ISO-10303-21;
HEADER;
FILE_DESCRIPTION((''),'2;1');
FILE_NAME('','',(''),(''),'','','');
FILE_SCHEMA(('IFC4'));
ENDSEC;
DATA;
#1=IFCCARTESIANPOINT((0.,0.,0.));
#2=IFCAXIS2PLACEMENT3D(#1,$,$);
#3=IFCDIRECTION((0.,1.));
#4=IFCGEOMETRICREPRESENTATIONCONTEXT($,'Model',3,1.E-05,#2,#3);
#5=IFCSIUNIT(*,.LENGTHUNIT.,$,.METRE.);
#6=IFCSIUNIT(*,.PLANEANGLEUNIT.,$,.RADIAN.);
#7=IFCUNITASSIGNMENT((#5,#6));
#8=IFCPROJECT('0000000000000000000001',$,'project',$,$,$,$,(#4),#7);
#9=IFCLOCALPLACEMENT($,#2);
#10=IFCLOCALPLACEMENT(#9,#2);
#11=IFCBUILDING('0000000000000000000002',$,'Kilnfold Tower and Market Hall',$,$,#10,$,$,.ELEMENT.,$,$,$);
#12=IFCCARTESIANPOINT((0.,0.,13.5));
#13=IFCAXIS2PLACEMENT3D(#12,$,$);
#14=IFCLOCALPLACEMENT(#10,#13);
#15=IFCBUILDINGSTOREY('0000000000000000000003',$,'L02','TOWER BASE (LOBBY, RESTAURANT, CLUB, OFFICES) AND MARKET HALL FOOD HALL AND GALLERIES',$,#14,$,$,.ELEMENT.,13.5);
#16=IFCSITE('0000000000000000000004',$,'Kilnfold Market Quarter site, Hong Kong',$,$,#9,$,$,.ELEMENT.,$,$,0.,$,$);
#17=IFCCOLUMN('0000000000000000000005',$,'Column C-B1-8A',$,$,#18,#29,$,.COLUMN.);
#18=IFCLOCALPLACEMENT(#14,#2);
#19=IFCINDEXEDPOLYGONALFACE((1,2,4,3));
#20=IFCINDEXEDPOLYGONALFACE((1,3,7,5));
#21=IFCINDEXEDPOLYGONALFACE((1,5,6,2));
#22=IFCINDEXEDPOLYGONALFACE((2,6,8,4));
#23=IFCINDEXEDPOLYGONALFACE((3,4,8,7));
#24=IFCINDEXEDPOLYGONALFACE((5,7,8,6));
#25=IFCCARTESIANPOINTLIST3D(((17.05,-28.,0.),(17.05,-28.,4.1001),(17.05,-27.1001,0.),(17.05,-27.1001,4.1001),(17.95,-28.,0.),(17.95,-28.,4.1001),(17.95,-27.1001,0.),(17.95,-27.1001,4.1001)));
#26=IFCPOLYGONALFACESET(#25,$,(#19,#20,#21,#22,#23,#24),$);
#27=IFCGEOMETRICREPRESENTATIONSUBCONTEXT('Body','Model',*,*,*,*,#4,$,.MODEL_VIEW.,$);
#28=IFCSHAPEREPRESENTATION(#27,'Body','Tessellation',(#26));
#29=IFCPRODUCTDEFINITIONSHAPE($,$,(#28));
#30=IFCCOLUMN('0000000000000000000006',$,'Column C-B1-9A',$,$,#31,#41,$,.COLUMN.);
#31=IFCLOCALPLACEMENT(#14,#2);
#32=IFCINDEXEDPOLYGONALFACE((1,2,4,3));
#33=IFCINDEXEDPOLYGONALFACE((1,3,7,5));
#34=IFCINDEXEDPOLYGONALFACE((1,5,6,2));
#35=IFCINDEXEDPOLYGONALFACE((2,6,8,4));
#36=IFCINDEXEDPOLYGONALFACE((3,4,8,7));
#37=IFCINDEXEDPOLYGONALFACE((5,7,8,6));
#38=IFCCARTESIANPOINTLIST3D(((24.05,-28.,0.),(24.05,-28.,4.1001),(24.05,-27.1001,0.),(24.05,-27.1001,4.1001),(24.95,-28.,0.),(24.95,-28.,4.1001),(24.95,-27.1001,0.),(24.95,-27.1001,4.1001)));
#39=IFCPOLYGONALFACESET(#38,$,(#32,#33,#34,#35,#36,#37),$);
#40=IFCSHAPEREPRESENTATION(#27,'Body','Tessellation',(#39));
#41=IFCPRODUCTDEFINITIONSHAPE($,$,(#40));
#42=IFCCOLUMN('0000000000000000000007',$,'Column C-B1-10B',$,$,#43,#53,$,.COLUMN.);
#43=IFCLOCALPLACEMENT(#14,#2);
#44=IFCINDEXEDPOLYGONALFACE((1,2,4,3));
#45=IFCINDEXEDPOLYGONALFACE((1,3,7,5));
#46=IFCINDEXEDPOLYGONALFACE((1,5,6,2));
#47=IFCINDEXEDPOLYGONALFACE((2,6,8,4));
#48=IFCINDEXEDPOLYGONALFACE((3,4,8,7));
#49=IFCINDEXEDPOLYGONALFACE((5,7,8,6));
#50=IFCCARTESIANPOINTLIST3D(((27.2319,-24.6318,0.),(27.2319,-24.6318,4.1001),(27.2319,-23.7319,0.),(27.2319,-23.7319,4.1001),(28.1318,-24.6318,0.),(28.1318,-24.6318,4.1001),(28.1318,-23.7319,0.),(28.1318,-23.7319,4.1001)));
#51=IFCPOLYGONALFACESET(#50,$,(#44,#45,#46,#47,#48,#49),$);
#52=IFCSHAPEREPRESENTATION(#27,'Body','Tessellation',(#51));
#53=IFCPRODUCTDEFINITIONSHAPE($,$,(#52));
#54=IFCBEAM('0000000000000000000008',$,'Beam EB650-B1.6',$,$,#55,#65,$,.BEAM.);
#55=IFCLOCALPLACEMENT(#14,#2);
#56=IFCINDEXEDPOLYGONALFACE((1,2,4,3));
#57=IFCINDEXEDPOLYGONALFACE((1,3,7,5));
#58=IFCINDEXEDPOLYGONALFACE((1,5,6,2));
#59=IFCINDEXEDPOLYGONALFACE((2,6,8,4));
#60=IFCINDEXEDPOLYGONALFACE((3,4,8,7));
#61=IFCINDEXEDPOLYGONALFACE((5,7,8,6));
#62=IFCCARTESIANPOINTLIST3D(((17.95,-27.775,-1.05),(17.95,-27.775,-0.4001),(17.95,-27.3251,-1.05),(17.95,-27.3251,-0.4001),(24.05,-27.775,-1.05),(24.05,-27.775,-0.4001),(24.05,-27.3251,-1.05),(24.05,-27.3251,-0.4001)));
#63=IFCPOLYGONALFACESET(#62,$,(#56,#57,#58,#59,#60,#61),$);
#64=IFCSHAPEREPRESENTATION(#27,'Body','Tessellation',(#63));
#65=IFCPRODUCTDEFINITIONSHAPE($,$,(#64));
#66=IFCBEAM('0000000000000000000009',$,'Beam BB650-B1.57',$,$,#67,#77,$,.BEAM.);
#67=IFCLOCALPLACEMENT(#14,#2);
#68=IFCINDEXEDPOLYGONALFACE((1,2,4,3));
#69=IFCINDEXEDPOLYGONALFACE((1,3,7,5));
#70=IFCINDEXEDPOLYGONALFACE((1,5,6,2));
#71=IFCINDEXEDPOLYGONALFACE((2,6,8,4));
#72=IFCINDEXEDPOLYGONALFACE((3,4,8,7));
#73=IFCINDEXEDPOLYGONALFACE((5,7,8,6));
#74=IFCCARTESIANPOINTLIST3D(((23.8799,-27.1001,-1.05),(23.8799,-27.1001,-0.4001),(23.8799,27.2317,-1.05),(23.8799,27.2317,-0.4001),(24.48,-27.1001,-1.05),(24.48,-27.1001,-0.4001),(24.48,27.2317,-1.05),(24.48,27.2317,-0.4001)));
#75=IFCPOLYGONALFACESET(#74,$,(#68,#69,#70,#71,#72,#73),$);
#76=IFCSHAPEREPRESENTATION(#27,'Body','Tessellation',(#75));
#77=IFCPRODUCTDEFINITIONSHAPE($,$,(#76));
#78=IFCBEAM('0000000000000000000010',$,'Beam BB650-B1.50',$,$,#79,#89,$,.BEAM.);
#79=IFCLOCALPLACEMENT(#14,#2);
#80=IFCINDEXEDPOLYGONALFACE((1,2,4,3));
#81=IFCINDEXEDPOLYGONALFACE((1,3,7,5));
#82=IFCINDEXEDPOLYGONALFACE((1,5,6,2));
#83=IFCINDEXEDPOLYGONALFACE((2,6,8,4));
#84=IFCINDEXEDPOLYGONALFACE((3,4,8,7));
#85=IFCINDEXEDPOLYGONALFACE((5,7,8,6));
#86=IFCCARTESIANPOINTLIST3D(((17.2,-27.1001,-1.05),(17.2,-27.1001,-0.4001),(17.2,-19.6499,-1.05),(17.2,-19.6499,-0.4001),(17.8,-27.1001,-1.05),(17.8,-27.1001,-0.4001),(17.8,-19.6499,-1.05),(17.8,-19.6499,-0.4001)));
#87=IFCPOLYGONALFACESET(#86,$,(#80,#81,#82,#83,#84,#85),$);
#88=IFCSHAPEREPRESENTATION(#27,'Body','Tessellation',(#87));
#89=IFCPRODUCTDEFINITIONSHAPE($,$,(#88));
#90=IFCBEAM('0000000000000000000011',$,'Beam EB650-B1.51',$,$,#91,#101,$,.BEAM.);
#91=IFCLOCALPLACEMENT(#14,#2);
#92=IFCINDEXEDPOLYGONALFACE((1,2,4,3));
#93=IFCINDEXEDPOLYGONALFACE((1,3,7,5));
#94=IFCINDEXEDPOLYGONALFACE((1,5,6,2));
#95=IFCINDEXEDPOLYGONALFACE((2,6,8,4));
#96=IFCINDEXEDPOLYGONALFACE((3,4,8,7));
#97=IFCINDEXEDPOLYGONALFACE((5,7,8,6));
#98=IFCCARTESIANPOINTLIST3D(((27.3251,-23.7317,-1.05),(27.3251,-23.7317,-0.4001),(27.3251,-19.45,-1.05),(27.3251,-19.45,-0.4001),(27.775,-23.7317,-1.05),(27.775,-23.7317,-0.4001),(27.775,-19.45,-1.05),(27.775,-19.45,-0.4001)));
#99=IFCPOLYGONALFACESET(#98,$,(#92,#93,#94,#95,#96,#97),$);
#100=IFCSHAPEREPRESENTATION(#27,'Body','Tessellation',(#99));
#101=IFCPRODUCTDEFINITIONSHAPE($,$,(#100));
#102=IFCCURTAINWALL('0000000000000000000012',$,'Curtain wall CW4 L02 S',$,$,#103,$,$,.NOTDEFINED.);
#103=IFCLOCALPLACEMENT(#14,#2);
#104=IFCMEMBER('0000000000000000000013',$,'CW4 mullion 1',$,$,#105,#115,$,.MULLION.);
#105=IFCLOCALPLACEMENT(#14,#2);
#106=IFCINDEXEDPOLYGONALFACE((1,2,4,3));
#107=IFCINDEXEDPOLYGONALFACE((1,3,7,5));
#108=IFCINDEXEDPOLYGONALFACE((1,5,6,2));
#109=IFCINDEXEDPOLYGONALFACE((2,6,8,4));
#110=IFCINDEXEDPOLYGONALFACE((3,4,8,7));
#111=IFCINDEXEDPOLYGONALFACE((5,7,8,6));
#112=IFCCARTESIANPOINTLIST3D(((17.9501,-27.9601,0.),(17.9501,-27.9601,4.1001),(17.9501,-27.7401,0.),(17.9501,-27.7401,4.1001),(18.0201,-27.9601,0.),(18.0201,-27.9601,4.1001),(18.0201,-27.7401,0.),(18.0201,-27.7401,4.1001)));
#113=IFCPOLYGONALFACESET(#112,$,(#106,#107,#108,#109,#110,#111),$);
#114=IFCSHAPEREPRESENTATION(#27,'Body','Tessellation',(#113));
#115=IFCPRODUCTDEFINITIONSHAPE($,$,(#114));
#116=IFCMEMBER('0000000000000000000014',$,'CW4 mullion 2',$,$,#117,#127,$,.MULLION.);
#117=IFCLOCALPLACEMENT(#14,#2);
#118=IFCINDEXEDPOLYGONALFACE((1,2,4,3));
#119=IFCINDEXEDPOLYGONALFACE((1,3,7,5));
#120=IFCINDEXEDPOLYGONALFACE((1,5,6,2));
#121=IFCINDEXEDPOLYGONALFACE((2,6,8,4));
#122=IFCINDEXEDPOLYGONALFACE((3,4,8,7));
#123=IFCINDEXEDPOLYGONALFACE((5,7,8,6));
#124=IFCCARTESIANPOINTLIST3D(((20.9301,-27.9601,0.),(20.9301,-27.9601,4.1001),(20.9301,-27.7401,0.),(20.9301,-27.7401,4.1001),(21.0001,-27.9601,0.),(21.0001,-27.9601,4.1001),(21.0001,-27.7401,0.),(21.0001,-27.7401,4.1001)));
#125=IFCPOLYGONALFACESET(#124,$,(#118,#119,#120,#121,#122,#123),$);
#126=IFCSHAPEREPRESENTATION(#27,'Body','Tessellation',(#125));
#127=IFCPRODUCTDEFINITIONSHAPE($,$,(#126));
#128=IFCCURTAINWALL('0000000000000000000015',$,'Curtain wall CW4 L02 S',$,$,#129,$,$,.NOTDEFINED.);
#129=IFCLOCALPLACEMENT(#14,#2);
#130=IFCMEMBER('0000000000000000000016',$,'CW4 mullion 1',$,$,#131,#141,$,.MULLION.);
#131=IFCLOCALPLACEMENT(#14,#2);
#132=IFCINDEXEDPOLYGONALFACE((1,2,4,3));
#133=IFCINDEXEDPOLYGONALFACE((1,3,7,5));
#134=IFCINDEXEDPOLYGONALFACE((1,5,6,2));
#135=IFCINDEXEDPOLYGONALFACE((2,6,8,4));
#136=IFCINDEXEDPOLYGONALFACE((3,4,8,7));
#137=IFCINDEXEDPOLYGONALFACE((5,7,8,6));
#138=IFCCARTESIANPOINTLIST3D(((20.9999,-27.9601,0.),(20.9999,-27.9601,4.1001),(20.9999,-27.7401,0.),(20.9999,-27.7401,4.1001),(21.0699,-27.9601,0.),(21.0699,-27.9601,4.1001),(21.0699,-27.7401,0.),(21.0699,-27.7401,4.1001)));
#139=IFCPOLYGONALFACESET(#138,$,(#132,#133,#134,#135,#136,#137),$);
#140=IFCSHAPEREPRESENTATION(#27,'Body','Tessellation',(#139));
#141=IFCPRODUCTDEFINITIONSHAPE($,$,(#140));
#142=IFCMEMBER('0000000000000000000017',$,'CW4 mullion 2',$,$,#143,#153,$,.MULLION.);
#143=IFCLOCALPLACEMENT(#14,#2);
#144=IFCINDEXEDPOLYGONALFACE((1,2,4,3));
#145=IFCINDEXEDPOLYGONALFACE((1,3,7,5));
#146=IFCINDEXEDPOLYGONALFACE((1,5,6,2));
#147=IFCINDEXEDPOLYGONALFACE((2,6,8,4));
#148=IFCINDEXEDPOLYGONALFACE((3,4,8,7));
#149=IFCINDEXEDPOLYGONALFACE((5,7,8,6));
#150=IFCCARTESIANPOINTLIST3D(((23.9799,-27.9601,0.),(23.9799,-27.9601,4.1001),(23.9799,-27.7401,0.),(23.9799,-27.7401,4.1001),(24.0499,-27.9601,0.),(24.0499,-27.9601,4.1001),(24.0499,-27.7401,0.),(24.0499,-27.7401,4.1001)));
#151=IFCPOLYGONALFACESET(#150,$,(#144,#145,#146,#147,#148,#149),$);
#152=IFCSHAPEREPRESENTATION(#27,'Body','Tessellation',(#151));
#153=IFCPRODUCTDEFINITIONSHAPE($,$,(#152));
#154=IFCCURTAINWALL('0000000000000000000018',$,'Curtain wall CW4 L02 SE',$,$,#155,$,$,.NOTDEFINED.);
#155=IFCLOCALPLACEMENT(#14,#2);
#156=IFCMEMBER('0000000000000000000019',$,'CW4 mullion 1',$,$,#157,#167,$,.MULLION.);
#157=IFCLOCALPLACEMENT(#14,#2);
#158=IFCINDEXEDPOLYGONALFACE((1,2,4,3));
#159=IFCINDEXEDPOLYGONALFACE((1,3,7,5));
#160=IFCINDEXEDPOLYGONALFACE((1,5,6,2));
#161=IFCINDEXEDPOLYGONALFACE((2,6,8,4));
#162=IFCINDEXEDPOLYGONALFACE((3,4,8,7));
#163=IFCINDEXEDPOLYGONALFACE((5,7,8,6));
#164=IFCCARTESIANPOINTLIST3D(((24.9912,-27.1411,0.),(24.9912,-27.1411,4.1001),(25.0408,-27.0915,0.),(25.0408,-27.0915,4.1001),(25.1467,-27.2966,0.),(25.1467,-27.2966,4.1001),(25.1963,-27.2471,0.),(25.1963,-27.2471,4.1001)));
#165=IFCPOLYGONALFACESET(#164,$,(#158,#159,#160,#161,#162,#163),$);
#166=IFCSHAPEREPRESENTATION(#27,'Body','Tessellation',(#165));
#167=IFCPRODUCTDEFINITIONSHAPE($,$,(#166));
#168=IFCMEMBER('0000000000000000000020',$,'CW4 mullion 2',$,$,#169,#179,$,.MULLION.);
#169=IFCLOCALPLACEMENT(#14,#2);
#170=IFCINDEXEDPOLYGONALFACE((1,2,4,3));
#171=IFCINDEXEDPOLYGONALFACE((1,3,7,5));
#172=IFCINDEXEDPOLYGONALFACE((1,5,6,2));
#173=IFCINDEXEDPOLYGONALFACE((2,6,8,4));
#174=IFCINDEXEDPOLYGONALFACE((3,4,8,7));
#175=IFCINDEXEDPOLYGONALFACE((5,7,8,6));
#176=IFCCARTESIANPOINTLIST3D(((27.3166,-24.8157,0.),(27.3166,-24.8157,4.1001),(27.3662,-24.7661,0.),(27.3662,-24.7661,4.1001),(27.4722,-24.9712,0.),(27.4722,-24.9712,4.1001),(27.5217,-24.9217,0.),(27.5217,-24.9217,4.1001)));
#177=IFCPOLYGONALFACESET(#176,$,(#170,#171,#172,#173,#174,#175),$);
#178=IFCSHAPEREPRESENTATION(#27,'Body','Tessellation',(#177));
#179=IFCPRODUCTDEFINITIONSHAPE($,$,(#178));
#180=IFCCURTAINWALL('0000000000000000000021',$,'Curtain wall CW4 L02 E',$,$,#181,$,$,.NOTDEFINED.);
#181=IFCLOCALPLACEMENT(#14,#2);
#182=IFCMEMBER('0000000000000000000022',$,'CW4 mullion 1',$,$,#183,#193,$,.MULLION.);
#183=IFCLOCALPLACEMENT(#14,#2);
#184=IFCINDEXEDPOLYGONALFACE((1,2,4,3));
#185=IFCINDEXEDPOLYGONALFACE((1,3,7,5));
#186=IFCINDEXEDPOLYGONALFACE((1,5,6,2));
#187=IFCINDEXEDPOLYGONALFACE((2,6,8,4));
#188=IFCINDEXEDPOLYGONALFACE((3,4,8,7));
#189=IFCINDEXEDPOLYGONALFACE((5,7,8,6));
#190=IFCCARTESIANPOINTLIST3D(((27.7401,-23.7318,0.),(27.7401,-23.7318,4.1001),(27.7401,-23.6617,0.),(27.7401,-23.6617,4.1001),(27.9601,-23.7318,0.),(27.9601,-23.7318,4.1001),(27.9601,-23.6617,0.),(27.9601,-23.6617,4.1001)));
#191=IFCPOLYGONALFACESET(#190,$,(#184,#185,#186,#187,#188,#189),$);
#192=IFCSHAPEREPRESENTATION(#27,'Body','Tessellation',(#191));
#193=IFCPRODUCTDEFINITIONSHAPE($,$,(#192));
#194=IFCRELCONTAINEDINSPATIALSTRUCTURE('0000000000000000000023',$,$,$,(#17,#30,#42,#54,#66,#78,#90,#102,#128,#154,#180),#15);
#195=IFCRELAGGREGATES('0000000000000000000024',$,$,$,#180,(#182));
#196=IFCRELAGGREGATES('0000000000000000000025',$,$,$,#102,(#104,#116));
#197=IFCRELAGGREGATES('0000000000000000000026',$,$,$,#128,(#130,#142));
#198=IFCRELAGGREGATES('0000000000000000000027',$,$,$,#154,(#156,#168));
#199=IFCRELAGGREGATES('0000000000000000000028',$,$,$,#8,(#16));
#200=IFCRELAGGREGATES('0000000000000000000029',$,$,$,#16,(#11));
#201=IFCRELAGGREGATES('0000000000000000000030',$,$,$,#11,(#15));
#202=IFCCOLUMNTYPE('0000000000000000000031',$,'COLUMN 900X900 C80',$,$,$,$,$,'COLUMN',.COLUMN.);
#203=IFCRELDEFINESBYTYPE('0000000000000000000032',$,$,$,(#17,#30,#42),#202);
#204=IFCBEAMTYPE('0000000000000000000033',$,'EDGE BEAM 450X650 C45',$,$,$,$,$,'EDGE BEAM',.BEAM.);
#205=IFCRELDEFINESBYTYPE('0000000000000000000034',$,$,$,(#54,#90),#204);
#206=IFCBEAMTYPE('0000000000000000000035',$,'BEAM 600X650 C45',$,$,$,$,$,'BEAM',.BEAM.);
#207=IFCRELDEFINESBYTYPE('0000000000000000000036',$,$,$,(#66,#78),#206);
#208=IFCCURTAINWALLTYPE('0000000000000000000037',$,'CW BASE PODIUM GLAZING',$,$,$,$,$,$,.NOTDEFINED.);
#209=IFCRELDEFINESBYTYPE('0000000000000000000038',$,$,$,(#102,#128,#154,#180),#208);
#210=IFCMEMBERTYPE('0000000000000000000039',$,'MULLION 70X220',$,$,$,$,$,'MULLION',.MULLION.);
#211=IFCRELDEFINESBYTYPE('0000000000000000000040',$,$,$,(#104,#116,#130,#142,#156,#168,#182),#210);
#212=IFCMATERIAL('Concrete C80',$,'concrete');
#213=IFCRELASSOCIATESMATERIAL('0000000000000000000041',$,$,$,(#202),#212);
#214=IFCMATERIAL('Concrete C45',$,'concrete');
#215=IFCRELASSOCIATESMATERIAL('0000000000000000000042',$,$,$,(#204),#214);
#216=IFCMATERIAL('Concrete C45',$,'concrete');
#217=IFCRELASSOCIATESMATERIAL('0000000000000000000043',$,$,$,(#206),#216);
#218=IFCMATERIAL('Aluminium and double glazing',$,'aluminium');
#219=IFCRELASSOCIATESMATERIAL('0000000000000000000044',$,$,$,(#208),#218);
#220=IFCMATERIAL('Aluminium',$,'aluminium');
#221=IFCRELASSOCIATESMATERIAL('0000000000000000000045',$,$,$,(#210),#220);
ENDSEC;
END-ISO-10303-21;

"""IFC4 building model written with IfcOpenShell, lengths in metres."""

from ifc_helpers import new_model, si_unit, direction, frame, origin, origin_2d, place, context, subcontext, project, spatial, rectangle, extrude, source, transform, mapped, material, material_profile, profile_set, type_object, element, aggregate, save


model = new_model("IFC4")

# Units and contexts
model_context = context("Model", 3, precision=1e-05, world=origin(), true_north=direction((0.0, 1.0)))
body_context = subcontext(model_context, "Body", "Model", "MODEL_VIEW")
ifc_project = project(units=[si_unit("LENGTHUNIT", "METRE"), si_unit("PLANEANGLEUNIT", "RADIAN")], contexts=[model_context])

# Site, building, storey
site_placement = place(None, origin())
site = spatial("IfcSite", under=ifc_project, at=site_placement, Name="Kilnfold Market Quarter site, Hong Kong", CompositionType="ELEMENT", RefElevation=0.0)
building_placement = place(site_placement, origin())
building = spatial("IfcBuilding", under=site, at=building_placement, Name="Kilnfold Tower and Market Hall", CompositionType="ELEMENT")
storey_placement = place(building_placement, frame((0.0, 0.0, 13.5)))
storey = spatial("IfcBuildingStorey", under=building, at=storey_placement, Name="L02", Description="TOWER BASE (LOBBY, RESTAURANT, CLUB, OFFICES) AND MARKET HALL FOOD HALL AND GALLERIES", CompositionType="ELEMENT", Elevation=13.5)

# Columns
ifc_material_1 = material(Name="Concrete C80", Category="concrete")
ifc_material_profile_1 = material_profile(ifc_material_1, rectangle(XDim=0.8999, YDim=0.8999, at=origin_2d()), Name="RC 900x900")
ifc_profile_set_1 = profile_set([ifc_material_profile_1], Name="Concrete C80")
column_type = type_object("IfcColumnType", Name="COLUMN 900X900 C80", ElementType="COLUMN", PredefinedType="COLUMN", material=ifc_profile_set_1)
shared_shape_1 = source(origin(), body_context, "Body", "SweptSolid", [
    extrude(rectangle(XDim=0.8999, YDim=0.8999, at=origin_2d()), origin(), (0.0, 0.0, 1.0), 4.1001),
])
for number, where, z_axis, x_axis, name in (
    (1, (17.5, -27.55, 0.0), (0.0, 0.0, 1.0), (1.0, 0.0, 0.0), "Column C-B1-8A"),
    (2, (24.5, -27.55, 0.0), (0.0, 0.0, 1.0), (1.0, 0.0, 0.0), "Column C-B1-9A"),
    (3, (27.6819, -24.1819, 0.0), (0.0, 0.0, 1.0), (1.0, 0.0, 0.0), "Column C-B1-10B"),
):
    element("IfcColumn", number, at=place(storey_placement, frame(where, z_axis=z_axis, x_axis=x_axis)), inside=storey, type_object=column_type, Name=name, PredefinedType="COLUMN", context=body_context, shape_type="MappedRepresentation", body=[
        mapped(shared_shape_1, transform((0.0, 0.0, 0.0))),
    ])

# Beams
ifc_material_2 = material(Name="Concrete C45", Category="concrete")
ifc_material_profile_2 = material_profile(ifc_material_2, rectangle(XDim=0.45, YDim=0.6499, at=origin_2d()), Name="RC 450x650")
ifc_profile_set_2 = profile_set([ifc_material_profile_2], Name="Concrete C45")
beam_type_1 = type_object("IfcBeamType", Name="EDGE BEAM 450X650 C45", ElementType="EDGE BEAM", PredefinedType="BEAM", material=ifc_profile_set_2)
shared_shape_2 = source(origin(), body_context, "Body", "SweptSolid", [
    extrude(rectangle(XDim=0.45, YDim=0.6499, at=origin_2d()), origin(), (0.0, 0.0, 1.0), 6.1001),
])
beam_1_placement = place(storey_placement, frame((17.95, -27.55, -0.7251), z_axis=(1.0, 0.0, 0.0), x_axis=(0.0, 1.0, 0.0)))
element("IfcBeam", 4, at=beam_1_placement, inside=storey, type_object=beam_type_1, Name="Beam EB650-B1.6", PredefinedType="BEAM", context=body_context, shape_type="MappedRepresentation", body=[
    mapped(shared_shape_2, transform((0.0, 0.0, 0.0))),
])
ifc_material_3 = material(Name="Concrete C45", Category="concrete")
ifc_material_profile_3 = material_profile(ifc_material_3, rectangle(XDim=0.6001, YDim=0.6499, at=origin_2d()), Name="RC 600x650")
ifc_profile_set_3 = profile_set([ifc_material_profile_3], Name="Concrete C45")
beam_type_2 = type_object("IfcBeamType", Name="BEAM 600X650 C45", ElementType="BEAM", PredefinedType="BEAM", material=ifc_profile_set_3)
shared_shape_3 = source(origin(), body_context, "Body", "SweptSolid", [
    extrude(rectangle(XDim=0.6001, YDim=0.6499, at=origin_2d()), origin(), (0.0, 0.0, 1.0), 54.3318),
])
beam_2_placement = place(storey_placement, frame((24.1799, -27.1001, -0.7251), z_axis=(0.0, 1.0, 0.0), x_axis=(-1.0, 0.0, 0.0)))
element("IfcBeam", 5, at=beam_2_placement, inside=storey, type_object=beam_type_2, Name="Beam BB650-B1.57", PredefinedType="BEAM", context=body_context, shape_type="MappedRepresentation", body=[
    mapped(shared_shape_3, transform((0.0, 0.0, 0.0))),
])
shared_shape_4 = source(origin(), body_context, "Body", "SweptSolid", [
    extrude(rectangle(XDim=0.6001, YDim=0.6499, at=origin_2d()), origin(), (0.0, 0.0, 1.0), 7.4502),
])
beam_3_placement = place(storey_placement, frame((17.5, -27.1001, -0.7251), z_axis=(0.0, 1.0, 0.0), x_axis=(-1.0, 0.0, 0.0)))
element("IfcBeam", 6, at=beam_3_placement, inside=storey, type_object=beam_type_2, Name="Beam BB650-B1.50", PredefinedType="BEAM", context=body_context, shape_type="MappedRepresentation", body=[
    mapped(shared_shape_4, transform((0.0, 0.0, 0.0))),
])
shared_shape_5 = source(origin(), body_context, "Body", "SweptSolid", [
    extrude(rectangle(XDim=0.45, YDim=0.6499, at=origin_2d()), origin(), (0.0, 0.0, 1.0), 4.2817),
])
beam_4_placement = place(storey_placement, frame((27.55, -23.7317, -0.7251), z_axis=(0.0, 1.0, 0.0), x_axis=(-1.0, 0.0, 0.0)))
element("IfcBeam", 7, at=beam_4_placement, inside=storey, type_object=beam_type_1, Name="Beam EB650-B1.51", PredefinedType="BEAM", context=body_context, shape_type="MappedRepresentation", body=[
    mapped(shared_shape_5, transform((0.0, 0.0, 0.0))),
])

# Curtain walls, members
ifc_material_4 = material(Name="Aluminium and double glazing", Category="aluminium")
curtain_wall_type = type_object("IfcCurtainWallType", Name="CW BASE PODIUM GLAZING", PredefinedType="NOTDEFINED", material=ifc_material_4)
curtain_wall_1_placement = place(storey_placement, origin())
curtain_wall_1 = element("IfcCurtainWall", 8, at=curtain_wall_1_placement, inside=storey, type_object=curtain_wall_type, Name="Curtain wall CW4 L02 S", PredefinedType="NOTDEFINED")
ifc_material_5 = material(Name="Aluminium", Category="aluminium")
ifc_material_profile_4 = material_profile(ifc_material_5, rectangle(XDim=0.0701, YDim=0.22, at=origin_2d()), Name="MULLION 70x220")
ifc_profile_set_4 = profile_set([ifc_material_profile_4], Name="Aluminium")
member_type_1 = type_object("IfcMemberType", Name="MULLION 70X220", ElementType="MULLION", PredefinedType="MULLION", material=ifc_profile_set_4)
shared_shape_6 = source(origin(), body_context, "Body", "SweptSolid", [
    extrude(rectangle(XDim=0.0701, YDim=0.22, at=origin_2d()), origin(), (0.0, 0.0, 1.0), 4.1001),
])
member_1_placement = place(storey_placement, frame((17.9851, -27.8501, 0.0), z_axis=(0.0, 0.0, 1.0), x_axis=(1.0, 0.0, 0.0)))
member_1 = element("IfcMember", 9, at=member_1_placement, type_object=member_type_1, Name="CW4 mullion 1", PredefinedType="MULLION", context=body_context, shape_type="MappedRepresentation", body=[
    mapped(shared_shape_6, transform((0.0, 0.0, 0.0))),
])
member_2_placement = place(storey_placement, frame((20.9651, -27.8501, 0.0), z_axis=(0.0, 0.0, 1.0), x_axis=(1.0, 0.0, 0.0)))
member_2 = element("IfcMember", 10, at=member_2_placement, type_object=member_type_1, Name="CW4 mullion 2", PredefinedType="MULLION", context=body_context, shape_type="MappedRepresentation", body=[
    mapped(shared_shape_6, transform((0.0, 0.0, 0.0))),
])
curtain_wall_2_placement = place(storey_placement, origin())
curtain_wall_2 = element("IfcCurtainWall", 11, at=curtain_wall_2_placement, inside=storey, type_object=curtain_wall_type, Name="Curtain wall CW4 L02 S", PredefinedType="NOTDEFINED")
member_3_placement = place(storey_placement, frame((21.0349, -27.8501, 0.0), z_axis=(0.0, 0.0, 1.0), x_axis=(1.0, 0.0, 0.0)))
member_3 = element("IfcMember", 12, at=member_3_placement, type_object=member_type_1, Name="CW4 mullion 1", PredefinedType="MULLION", context=body_context, shape_type="MappedRepresentation", body=[
    mapped(shared_shape_6, transform((0.0, 0.0, 0.0))),
])
member_4_placement = place(storey_placement, frame((24.0149, -27.8501, 0.0), z_axis=(0.0, 0.0, 1.0), x_axis=(1.0, 0.0, 0.0)))
member_4 = element("IfcMember", 13, at=member_4_placement, type_object=member_type_1, Name="CW4 mullion 2", PredefinedType="MULLION", context=body_context, shape_type="MappedRepresentation", body=[
    mapped(shared_shape_6, transform((0.0, 0.0, 0.0))),
])
curtain_wall_3_placement = place(storey_placement, origin())
curtain_wall_3 = element("IfcCurtainWall", 14, at=curtain_wall_3_placement, inside=storey, type_object=curtain_wall_type, Name="Curtain wall CW4 L02 SE", PredefinedType="NOTDEFINED")
member_5_placement = place(storey_placement, frame((25.0938, -27.1941, 0.0), z_axis=(0.0, 0.0, 1.0), x_axis=(0.707122, 0.707092, 0.0)))
member_5 = element("IfcMember", 15, at=member_5_placement, type_object=member_type_1, Name="CW4 mullion 1", PredefinedType="MULLION", context=body_context, shape_type="MappedRepresentation", body=[
    mapped(shared_shape_6, transform((0.0, 0.0, 0.0))),
])
member_6_placement = place(storey_placement, frame((27.4192, -24.8687, 0.0), z_axis=(0.0, 0.0, 1.0), x_axis=(0.707122, 0.707092, 0.0)))
member_6 = element("IfcMember", 16, at=member_6_placement, type_object=member_type_1, Name="CW4 mullion 2", PredefinedType="MULLION", context=body_context, shape_type="MappedRepresentation", body=[
    mapped(shared_shape_6, transform((0.0, 0.0, 0.0))),
])

# Curtain wall, member
curtain_wall_4_placement = place(storey_placement, origin())
curtain_wall_4 = element("IfcCurtainWall", 17, at=curtain_wall_4_placement, inside=storey, type_object=curtain_wall_type, Name="Curtain wall CW4 L02 E", PredefinedType="NOTDEFINED")
member_7_placement = place(storey_placement, frame((27.8501, -23.6968, 0.0), z_axis=(0.0, 0.0, 1.0), x_axis=(0.0, 1.0, 0.0)))
member_7 = element("IfcMember", 18, at=member_7_placement, type_object=member_type_1, Name="CW4 mullion 1", PredefinedType="MULLION", context=body_context, shape_type="MappedRepresentation", body=[
    mapped(shared_shape_6, transform((0.0, 0.0, 0.0))),
])

aggregate(curtain_wall_4, [member_7])

aggregate(curtain_wall_1, [member_1, member_2])
aggregate(curtain_wall_2, [member_3, member_4])
aggregate(curtain_wall_3, [member_5, member_6])

save(model, "model.ifc")
